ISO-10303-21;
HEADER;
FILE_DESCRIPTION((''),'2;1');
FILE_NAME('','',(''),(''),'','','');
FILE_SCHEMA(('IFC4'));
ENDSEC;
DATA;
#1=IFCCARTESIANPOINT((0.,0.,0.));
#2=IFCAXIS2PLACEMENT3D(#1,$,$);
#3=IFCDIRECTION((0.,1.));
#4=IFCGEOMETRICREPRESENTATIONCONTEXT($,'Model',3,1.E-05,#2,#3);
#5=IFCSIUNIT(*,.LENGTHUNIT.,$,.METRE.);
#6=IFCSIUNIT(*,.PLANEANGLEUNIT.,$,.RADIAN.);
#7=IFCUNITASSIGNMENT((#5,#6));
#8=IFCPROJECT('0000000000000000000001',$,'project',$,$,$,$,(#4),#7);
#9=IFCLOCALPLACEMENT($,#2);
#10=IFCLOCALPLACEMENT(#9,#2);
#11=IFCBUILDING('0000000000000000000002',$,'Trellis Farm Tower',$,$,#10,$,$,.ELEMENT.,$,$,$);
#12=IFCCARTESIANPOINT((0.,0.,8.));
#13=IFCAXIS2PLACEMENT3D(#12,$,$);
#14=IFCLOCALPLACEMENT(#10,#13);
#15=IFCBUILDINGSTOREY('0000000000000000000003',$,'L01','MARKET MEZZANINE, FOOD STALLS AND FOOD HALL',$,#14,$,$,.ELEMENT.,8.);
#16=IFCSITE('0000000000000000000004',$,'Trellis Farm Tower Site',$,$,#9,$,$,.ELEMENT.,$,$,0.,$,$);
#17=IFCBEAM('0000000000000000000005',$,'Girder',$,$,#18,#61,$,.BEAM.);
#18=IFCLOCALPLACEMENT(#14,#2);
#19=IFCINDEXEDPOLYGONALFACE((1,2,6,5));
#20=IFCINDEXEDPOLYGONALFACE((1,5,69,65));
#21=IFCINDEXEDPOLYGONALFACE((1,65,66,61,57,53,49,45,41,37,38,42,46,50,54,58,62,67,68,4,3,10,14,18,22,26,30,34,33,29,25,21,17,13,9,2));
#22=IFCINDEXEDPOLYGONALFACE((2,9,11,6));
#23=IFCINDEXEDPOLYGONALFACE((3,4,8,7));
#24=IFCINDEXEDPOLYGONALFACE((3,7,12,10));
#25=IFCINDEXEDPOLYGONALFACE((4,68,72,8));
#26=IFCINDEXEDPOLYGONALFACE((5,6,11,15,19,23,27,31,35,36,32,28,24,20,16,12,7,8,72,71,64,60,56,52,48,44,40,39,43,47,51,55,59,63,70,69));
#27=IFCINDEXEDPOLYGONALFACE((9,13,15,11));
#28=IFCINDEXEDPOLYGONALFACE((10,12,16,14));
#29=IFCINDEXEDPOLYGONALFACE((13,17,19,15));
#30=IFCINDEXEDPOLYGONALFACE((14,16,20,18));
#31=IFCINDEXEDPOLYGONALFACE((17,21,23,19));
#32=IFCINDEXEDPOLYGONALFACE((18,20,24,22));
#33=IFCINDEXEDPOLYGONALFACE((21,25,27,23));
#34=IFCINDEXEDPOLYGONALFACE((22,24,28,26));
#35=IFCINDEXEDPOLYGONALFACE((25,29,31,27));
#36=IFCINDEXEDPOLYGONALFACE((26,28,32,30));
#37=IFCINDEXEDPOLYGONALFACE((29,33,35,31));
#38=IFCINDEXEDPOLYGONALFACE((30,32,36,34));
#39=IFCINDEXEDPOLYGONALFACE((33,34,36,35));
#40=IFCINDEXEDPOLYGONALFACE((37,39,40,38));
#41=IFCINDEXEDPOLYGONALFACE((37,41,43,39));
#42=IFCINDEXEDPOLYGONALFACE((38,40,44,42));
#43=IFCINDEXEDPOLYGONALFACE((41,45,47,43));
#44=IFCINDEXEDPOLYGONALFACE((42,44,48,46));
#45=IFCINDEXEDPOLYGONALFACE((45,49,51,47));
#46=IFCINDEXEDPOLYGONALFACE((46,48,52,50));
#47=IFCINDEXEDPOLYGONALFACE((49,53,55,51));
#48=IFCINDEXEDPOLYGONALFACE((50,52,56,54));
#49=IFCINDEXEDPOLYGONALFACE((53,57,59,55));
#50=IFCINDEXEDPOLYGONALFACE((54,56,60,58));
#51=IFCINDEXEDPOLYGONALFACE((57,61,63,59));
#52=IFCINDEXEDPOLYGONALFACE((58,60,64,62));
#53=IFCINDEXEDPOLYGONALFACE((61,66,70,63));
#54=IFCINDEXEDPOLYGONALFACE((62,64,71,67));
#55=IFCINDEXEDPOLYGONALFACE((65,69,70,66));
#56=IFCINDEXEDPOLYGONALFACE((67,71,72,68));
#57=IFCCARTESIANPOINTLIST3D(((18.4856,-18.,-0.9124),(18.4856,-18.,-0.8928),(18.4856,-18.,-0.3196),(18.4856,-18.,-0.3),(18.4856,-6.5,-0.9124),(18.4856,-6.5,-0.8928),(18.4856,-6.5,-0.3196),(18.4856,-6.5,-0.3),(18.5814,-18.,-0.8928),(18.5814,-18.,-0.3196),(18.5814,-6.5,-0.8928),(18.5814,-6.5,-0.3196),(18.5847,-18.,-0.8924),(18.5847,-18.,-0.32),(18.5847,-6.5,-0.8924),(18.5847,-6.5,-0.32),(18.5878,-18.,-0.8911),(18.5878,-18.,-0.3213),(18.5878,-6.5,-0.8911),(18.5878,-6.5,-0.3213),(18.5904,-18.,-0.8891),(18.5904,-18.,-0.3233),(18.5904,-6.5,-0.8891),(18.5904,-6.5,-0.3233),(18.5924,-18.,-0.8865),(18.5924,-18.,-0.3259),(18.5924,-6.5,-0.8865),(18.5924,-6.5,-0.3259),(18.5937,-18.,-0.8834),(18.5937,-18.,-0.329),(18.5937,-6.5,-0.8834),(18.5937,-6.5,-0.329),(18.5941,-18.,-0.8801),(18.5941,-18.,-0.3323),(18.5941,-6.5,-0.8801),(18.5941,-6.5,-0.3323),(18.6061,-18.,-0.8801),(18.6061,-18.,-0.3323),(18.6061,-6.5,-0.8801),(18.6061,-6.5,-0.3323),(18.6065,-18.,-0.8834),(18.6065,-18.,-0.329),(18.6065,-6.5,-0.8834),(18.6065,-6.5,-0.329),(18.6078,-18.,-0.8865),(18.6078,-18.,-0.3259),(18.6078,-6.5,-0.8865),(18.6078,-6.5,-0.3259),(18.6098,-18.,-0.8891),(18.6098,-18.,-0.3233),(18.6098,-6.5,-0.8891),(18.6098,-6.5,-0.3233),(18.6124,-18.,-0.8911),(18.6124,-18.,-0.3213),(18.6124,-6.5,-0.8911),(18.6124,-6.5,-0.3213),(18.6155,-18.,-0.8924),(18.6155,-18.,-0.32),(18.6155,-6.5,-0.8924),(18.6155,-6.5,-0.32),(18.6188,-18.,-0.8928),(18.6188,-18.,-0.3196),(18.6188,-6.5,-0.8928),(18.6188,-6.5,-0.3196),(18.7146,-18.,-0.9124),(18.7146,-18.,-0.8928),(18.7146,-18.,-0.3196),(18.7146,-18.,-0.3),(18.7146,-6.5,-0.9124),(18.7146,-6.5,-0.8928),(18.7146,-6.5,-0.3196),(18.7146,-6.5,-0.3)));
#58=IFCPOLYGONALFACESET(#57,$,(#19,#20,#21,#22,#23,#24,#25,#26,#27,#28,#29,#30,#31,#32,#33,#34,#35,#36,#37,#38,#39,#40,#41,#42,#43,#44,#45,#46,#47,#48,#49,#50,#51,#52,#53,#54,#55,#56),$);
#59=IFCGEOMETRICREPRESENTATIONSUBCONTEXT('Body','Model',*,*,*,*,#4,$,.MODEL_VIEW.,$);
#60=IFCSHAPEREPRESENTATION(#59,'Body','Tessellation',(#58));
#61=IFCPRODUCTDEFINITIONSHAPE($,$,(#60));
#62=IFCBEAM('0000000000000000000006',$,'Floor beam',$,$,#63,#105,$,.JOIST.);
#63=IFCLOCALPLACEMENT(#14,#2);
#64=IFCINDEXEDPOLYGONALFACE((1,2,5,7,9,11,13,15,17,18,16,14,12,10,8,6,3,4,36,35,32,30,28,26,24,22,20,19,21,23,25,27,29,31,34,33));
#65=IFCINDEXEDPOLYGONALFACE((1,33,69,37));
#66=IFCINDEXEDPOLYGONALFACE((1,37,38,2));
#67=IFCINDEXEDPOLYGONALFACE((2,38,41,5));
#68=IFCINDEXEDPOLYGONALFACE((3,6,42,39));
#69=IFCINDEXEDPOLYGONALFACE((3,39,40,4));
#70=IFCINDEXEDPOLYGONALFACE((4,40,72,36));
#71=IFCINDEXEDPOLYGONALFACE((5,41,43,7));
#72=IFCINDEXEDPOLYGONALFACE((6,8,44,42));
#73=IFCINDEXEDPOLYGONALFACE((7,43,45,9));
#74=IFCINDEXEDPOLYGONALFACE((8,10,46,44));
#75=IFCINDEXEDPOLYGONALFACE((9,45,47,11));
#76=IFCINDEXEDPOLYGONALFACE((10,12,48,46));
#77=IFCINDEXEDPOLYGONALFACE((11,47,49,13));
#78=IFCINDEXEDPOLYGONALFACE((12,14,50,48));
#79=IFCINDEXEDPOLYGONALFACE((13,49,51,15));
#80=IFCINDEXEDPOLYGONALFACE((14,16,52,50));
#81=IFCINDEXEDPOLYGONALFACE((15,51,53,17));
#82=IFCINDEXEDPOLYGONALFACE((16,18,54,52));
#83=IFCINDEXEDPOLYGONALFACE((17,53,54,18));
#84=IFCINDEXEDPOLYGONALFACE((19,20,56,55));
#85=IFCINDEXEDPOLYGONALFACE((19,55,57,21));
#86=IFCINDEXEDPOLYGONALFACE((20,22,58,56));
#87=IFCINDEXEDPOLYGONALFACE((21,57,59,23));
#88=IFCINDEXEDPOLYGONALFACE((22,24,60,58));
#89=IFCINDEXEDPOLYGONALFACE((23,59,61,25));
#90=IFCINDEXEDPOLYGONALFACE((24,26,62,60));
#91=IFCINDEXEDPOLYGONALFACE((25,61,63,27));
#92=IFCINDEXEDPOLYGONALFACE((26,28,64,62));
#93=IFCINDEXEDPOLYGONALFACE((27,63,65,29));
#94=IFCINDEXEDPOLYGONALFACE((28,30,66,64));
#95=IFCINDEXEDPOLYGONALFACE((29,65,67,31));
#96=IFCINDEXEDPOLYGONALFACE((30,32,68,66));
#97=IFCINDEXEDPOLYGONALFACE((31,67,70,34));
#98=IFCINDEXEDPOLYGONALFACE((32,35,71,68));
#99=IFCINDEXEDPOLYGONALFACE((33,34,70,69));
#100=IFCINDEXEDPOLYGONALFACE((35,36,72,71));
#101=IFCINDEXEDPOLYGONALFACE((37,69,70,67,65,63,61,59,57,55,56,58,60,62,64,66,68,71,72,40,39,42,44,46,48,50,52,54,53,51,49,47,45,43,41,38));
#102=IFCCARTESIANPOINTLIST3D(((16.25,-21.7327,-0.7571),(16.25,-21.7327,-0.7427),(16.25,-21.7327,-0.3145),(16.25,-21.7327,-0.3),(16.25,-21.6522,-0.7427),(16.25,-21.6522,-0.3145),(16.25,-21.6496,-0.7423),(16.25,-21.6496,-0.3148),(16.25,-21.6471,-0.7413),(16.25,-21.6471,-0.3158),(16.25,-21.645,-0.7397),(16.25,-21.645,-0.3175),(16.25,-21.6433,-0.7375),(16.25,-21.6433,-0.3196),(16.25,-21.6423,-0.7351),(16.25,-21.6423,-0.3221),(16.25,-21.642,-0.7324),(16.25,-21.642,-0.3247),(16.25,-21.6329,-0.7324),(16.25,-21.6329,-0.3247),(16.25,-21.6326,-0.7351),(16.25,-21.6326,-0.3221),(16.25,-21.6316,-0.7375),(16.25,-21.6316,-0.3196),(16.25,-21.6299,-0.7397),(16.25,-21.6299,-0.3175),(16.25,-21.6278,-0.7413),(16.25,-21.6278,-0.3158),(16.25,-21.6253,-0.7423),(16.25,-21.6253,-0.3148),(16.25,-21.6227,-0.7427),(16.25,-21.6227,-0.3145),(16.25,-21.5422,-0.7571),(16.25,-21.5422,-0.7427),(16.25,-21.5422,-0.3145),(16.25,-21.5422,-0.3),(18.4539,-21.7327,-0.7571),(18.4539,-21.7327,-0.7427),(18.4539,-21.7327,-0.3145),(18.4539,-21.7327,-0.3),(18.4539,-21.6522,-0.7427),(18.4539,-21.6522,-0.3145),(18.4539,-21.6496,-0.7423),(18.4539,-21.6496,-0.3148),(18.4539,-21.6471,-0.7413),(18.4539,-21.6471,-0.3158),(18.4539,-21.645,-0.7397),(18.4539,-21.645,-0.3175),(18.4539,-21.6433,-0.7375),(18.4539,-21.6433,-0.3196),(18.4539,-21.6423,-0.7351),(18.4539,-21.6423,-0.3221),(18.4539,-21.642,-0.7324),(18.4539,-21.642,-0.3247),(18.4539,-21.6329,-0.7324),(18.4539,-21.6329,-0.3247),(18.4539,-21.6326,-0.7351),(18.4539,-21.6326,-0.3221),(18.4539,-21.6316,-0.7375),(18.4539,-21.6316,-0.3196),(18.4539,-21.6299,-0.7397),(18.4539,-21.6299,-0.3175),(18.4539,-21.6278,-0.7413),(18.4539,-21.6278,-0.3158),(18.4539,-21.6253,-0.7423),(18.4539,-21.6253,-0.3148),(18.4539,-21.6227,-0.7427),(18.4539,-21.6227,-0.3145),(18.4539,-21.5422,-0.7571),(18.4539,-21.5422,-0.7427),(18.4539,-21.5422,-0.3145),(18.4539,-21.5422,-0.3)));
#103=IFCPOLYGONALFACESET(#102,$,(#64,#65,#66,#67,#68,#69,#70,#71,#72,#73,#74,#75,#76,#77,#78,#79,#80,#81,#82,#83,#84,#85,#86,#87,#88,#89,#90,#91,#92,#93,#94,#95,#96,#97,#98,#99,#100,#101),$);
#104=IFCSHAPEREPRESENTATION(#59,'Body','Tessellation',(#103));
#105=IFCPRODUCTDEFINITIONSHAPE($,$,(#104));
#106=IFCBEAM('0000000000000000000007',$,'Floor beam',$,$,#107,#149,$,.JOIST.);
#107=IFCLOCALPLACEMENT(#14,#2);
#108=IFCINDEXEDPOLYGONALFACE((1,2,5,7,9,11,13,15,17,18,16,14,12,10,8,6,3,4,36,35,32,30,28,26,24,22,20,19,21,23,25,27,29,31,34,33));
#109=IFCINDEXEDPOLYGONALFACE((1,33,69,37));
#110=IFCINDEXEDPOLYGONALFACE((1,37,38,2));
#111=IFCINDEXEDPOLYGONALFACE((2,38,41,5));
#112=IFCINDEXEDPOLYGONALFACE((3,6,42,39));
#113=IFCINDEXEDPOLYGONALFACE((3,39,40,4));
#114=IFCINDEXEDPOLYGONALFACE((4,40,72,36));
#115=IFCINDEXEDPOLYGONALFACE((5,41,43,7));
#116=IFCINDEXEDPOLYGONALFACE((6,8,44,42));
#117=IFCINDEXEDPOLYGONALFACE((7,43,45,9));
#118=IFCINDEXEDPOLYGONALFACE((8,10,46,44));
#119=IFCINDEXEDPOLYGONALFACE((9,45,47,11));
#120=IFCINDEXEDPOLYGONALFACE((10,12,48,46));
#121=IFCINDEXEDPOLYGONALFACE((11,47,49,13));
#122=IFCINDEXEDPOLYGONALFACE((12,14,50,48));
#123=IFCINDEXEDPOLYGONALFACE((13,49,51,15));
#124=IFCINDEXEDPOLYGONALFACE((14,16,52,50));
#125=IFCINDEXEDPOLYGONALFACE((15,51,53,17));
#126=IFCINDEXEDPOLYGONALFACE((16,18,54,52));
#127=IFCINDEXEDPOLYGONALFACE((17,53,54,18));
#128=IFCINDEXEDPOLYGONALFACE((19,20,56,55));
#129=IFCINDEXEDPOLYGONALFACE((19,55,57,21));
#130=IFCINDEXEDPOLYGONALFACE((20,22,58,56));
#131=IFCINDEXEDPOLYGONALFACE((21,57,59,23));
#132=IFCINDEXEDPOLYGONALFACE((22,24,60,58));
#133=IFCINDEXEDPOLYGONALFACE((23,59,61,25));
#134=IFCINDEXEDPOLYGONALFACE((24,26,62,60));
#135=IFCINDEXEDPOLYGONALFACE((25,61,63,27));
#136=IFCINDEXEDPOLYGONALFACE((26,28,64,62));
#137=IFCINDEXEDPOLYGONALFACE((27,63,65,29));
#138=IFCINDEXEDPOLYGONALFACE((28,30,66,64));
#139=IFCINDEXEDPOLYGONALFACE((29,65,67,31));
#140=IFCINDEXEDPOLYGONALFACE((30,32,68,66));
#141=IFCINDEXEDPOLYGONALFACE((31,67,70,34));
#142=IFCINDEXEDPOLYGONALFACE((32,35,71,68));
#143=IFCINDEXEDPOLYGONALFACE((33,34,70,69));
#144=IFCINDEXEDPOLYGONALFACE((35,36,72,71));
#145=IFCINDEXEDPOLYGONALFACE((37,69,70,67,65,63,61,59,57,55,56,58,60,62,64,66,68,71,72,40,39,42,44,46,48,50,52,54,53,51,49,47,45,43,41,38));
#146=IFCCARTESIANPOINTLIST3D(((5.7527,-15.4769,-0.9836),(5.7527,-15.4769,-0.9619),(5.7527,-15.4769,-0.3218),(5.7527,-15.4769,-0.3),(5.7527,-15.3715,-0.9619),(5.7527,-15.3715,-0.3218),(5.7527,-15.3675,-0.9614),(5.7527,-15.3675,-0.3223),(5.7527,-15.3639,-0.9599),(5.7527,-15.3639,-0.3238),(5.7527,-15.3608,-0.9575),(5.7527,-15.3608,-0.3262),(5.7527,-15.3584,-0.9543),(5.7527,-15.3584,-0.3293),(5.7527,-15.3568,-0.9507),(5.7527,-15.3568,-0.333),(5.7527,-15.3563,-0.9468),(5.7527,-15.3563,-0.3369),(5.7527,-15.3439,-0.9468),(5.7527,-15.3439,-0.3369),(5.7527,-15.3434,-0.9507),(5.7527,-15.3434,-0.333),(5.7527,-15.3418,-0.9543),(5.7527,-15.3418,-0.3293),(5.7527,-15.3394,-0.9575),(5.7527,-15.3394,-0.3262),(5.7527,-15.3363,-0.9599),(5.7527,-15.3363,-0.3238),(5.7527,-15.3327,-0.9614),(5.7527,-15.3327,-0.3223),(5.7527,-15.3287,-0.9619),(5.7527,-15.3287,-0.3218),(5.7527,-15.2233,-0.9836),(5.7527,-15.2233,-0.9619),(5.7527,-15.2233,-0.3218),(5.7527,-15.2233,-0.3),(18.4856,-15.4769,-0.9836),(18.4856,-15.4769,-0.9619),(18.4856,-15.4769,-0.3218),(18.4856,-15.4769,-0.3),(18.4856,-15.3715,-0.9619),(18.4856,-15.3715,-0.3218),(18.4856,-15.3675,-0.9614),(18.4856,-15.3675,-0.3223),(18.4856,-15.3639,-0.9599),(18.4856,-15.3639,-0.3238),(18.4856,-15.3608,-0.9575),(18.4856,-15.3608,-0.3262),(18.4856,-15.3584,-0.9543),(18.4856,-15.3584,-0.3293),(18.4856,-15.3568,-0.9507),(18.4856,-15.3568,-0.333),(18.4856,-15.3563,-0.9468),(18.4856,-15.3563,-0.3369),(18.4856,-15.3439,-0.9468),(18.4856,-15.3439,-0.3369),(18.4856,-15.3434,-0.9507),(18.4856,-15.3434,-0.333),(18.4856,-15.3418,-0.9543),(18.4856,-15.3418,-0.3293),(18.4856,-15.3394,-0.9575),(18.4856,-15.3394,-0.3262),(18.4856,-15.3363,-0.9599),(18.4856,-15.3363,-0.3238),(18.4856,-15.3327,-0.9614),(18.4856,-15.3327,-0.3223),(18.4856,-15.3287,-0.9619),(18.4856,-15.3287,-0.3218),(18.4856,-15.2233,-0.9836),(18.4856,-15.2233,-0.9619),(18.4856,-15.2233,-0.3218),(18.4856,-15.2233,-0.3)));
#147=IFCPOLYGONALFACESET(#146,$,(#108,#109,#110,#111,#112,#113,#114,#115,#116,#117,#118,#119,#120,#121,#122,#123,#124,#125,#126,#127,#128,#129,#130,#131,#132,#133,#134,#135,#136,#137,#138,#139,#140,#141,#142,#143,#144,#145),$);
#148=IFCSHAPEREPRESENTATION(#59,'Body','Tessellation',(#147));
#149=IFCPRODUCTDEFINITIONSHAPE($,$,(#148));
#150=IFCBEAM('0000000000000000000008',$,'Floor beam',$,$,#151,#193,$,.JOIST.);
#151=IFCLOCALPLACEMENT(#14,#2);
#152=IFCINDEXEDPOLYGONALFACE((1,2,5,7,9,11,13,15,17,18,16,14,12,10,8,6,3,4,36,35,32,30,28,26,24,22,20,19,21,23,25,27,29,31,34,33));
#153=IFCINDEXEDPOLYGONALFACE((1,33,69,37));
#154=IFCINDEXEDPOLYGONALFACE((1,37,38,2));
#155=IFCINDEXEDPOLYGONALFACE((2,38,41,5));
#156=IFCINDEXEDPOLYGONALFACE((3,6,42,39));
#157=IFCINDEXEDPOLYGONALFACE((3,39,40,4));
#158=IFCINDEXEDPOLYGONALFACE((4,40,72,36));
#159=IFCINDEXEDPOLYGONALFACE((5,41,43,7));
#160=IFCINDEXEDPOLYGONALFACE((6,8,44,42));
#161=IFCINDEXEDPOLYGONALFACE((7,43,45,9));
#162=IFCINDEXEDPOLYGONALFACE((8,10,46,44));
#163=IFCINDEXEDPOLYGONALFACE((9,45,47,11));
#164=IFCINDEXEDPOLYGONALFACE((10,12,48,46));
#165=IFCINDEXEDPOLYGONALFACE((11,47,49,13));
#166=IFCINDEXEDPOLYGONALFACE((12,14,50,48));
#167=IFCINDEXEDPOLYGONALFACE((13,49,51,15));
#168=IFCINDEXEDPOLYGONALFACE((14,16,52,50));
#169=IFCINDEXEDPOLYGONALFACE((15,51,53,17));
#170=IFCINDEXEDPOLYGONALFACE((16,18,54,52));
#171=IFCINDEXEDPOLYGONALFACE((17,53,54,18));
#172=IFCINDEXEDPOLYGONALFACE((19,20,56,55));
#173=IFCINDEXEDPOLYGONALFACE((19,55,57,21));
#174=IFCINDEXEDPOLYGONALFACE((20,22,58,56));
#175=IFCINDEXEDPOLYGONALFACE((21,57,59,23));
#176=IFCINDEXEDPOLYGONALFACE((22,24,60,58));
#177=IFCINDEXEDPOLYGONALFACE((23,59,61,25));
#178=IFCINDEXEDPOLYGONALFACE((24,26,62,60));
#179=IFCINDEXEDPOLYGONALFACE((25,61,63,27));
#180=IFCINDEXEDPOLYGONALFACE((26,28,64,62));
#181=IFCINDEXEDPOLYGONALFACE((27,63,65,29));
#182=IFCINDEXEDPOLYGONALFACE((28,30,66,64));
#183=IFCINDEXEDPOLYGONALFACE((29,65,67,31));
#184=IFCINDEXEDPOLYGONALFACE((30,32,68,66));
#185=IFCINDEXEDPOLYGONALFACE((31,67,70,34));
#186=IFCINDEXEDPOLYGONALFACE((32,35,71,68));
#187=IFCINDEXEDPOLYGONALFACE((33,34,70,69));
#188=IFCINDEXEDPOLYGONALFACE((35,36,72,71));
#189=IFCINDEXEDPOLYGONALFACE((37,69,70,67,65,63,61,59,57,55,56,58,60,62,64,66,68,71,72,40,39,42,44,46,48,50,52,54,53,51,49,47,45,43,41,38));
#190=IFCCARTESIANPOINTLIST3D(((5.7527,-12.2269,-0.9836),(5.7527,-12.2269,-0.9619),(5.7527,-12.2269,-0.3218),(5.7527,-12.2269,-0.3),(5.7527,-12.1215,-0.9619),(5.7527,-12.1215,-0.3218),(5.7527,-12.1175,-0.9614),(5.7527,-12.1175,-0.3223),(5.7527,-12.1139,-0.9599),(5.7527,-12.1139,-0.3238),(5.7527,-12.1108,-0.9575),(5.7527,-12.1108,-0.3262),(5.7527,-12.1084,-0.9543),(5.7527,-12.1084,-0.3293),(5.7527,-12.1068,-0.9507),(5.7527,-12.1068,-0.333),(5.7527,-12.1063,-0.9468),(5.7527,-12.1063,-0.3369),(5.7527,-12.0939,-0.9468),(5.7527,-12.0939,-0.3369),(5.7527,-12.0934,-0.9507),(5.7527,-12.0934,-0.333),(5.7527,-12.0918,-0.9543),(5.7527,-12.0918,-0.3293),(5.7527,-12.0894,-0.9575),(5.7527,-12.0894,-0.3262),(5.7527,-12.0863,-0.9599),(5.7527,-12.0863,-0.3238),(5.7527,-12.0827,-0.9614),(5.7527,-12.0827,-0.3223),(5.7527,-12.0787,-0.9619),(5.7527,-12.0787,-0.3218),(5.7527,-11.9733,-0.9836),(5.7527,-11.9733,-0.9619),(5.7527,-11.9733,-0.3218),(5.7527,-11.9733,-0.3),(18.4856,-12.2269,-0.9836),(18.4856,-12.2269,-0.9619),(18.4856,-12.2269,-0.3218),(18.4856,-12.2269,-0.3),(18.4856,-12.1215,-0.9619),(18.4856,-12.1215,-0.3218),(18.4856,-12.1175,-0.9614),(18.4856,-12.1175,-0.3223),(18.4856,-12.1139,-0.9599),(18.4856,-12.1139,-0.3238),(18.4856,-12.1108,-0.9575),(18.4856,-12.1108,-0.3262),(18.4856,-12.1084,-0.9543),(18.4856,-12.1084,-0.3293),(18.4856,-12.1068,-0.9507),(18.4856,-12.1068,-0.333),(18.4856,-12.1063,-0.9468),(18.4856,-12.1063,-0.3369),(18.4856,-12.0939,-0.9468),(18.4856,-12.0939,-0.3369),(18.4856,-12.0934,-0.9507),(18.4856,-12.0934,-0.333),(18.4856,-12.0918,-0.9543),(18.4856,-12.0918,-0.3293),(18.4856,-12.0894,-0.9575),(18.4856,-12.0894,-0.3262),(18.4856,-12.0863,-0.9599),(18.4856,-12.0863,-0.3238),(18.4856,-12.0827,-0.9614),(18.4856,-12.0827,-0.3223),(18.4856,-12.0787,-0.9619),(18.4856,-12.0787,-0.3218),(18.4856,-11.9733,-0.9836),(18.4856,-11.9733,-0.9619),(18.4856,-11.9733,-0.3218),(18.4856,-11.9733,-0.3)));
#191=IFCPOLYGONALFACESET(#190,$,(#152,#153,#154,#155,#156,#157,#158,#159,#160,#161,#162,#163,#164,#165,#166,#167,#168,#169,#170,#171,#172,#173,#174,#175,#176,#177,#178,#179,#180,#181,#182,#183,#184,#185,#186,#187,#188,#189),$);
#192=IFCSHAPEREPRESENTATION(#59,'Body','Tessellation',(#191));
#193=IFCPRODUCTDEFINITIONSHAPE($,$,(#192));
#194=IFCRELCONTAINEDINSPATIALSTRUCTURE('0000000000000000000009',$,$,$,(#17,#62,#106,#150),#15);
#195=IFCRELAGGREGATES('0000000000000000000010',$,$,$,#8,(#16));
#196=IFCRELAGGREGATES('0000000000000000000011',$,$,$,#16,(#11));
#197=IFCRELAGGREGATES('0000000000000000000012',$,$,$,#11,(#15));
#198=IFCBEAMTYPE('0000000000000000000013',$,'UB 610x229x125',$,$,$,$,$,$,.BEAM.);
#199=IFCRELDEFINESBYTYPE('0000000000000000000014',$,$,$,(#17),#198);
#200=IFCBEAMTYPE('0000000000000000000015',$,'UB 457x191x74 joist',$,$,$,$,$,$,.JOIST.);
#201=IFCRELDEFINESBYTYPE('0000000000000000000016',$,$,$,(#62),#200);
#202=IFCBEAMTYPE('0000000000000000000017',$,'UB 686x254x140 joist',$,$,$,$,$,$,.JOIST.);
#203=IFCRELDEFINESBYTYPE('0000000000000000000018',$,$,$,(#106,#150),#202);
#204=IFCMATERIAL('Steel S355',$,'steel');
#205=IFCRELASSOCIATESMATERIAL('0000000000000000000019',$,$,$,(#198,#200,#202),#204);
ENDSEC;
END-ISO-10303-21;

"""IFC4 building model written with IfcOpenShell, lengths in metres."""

from ifc_helpers import new_model, si_unit, direction, frame, origin, origin_2d, place, context, subcontext, project, spatial, i_section, extrude, source, transform, mapped, material, material_profile, profile_set, type_object, element, save


model = new_model("IFC4")

# Units and contexts
model_context = context("Model", 3, precision=1e-05, world=origin(), true_north=direction((0.0, 1.0)))
body_context = subcontext(model_context, "Body", "Model", "MODEL_VIEW")
ifc_project = project(units=[si_unit("LENGTHUNIT", "METRE"), si_unit("PLANEANGLEUNIT", "RADIAN")], contexts=[model_context])

# Site, building, storey
site_placement = place(None, origin())
site = spatial("IfcSite", under=ifc_project, at=site_placement, Name="Trellis Farm Tower Site", CompositionType="ELEMENT", RefElevation=0.0)
building_placement = place(site_placement, origin())
building = spatial("IfcBuilding", under=site, at=building_placement, Name="Trellis Farm Tower", CompositionType="ELEMENT")
storey_placement = place(building_placement, frame((0.0, 0.0, 8.0)))
storey = spatial("IfcBuildingStorey", under=building, at=storey_placement, Name="L01", Description="MARKET MEZZANINE, FOOD STALLS AND FOOD HALL", CompositionType="ELEMENT", Elevation=8.0)

# Beams
ifc_material_1 = material(Name="Steel S355", Category="steel")
ifc_material_profile_1 = material_profile(ifc_material_1, i_section(OverallWidth=0.229, OverallDepth=0.6123, WebThickness=0.012, FlangeThickness=0.0195, FilletRadius=0.0127, at=origin_2d()), Name="UB 610x229x125")
ifc_profile_set_1 = profile_set([ifc_material_profile_1], Name="Steel S355")
beam_type_1 = type_object("IfcBeamType", Name="UB 610x229x125", PredefinedType="BEAM", material=ifc_profile_set_1)
shared_shape_1 = source(origin(), body_context, "Body", "SweptSolid", [
    extrude(i_section(OverallWidth=0.229, OverallDepth=0.6123, WebThickness=0.012, FlangeThickness=0.0195, FilletRadius=0.0127, at=origin_2d()), origin(), (0.0, 0.0, 1.0), 11.5),
])
beam_1_placement = place(storey_placement, frame((18.6001, -18.0, -0.6062), z_axis=(0.0, 1.0, 0.0), x_axis=(-1.0, 0.0, 0.0)))
element("IfcBeam", 1, at=beam_1_placement, inside=storey, type_object=beam_type_1, Name="Girder", PredefinedType="BEAM", context=body_context, shape_type="MappedRepresentation", body=[
    mapped(shared_shape_1, transform((0.0, 0.0, 0.0))),
])
ifc_material_profile_2 = material_profile(ifc_material_1, i_section(OverallWidth=0.1904, OverallDepth=0.457, WebThickness=0.009, FlangeThickness=0.0144, FilletRadius=0.0103, at=origin_2d()), Name="UB 457x191x74")
ifc_profile_set_2 = profile_set([ifc_material_profile_2], Name="Steel S355")
beam_type_2 = type_object("IfcBeamType", Name="UB 457x191x74 joist", PredefinedType="JOIST", material=ifc_profile_set_2)
shared_shape_2 = source(origin(), body_context, "Body", "SweptSolid", [
    extrude(i_section(OverallWidth=0.1904, OverallDepth=0.457, WebThickness=0.009, FlangeThickness=0.0144, FilletRadius=0.0103, at=origin_2d()), origin(), (0.0, 0.0, 1.0), 2.2039),
])
beam_2_placement = place(storey_placement, frame((16.25, -21.6375, -0.5286), z_axis=(1.0, 0.0, 0.0), x_axis=(0.0, 1.0, 0.0)))
element("IfcBeam", 2, at=beam_2_placement, inside=storey, type_object=beam_type_2, Name="Floor beam", PredefinedType="JOIST", context=body_context, shape_type="MappedRepresentation", body=[
    mapped(shared_shape_2, transform((0.0, 0.0, 0.0))),
])
ifc_material_profile_3 = material_profile(ifc_material_1, i_section(OverallWidth=0.2537, OverallDepth=0.6836, WebThickness=0.0125, FlangeThickness=0.0217, FilletRadius=0.0151, at=origin_2d()), Name="UB 686x254x140")
ifc_profile_set_3 = profile_set([ifc_material_profile_3], Name="Steel S355")
beam_type_3 = type_object("IfcBeamType", Name="UB 686x254x140 joist", PredefinedType="JOIST", material=ifc_profile_set_3)
shared_shape_3 = source(origin(), body_context, "Body", "SweptSolid", [
    extrude(i_section(OverallWidth=0.2537, OverallDepth=0.6836, WebThickness=0.0125, FlangeThickness=0.0217, FilletRadius=0.0151, at=origin_2d()), origin(), (0.0, 0.0, 1.0), 12.7329),
])
for number, where, z_axis, x_axis, name in (
    (3, (5.7527, -15.3501, -0.6418), (1.0, 0.0, 0.0), (0.0, 1.0, 0.0), "Floor beam"),
    (4, (5.7527, -12.1001, -0.6418), (1.0, 0.0, 0.0), (0.0, 1.0, 0.0), "Floor beam"),
):
    element("IfcBeam", number, at=place(storey_placement, frame(where, z_axis=z_axis, x_axis=x_axis)), inside=storey, type_object=beam_type_3, Name=name, PredefinedType="JOIST", context=body_context, shape_type="MappedRepresentation", body=[
        mapped(shared_shape_3, transform((0.0, 0.0, 0.0))),
    ])

save(model, "model.ifc")
